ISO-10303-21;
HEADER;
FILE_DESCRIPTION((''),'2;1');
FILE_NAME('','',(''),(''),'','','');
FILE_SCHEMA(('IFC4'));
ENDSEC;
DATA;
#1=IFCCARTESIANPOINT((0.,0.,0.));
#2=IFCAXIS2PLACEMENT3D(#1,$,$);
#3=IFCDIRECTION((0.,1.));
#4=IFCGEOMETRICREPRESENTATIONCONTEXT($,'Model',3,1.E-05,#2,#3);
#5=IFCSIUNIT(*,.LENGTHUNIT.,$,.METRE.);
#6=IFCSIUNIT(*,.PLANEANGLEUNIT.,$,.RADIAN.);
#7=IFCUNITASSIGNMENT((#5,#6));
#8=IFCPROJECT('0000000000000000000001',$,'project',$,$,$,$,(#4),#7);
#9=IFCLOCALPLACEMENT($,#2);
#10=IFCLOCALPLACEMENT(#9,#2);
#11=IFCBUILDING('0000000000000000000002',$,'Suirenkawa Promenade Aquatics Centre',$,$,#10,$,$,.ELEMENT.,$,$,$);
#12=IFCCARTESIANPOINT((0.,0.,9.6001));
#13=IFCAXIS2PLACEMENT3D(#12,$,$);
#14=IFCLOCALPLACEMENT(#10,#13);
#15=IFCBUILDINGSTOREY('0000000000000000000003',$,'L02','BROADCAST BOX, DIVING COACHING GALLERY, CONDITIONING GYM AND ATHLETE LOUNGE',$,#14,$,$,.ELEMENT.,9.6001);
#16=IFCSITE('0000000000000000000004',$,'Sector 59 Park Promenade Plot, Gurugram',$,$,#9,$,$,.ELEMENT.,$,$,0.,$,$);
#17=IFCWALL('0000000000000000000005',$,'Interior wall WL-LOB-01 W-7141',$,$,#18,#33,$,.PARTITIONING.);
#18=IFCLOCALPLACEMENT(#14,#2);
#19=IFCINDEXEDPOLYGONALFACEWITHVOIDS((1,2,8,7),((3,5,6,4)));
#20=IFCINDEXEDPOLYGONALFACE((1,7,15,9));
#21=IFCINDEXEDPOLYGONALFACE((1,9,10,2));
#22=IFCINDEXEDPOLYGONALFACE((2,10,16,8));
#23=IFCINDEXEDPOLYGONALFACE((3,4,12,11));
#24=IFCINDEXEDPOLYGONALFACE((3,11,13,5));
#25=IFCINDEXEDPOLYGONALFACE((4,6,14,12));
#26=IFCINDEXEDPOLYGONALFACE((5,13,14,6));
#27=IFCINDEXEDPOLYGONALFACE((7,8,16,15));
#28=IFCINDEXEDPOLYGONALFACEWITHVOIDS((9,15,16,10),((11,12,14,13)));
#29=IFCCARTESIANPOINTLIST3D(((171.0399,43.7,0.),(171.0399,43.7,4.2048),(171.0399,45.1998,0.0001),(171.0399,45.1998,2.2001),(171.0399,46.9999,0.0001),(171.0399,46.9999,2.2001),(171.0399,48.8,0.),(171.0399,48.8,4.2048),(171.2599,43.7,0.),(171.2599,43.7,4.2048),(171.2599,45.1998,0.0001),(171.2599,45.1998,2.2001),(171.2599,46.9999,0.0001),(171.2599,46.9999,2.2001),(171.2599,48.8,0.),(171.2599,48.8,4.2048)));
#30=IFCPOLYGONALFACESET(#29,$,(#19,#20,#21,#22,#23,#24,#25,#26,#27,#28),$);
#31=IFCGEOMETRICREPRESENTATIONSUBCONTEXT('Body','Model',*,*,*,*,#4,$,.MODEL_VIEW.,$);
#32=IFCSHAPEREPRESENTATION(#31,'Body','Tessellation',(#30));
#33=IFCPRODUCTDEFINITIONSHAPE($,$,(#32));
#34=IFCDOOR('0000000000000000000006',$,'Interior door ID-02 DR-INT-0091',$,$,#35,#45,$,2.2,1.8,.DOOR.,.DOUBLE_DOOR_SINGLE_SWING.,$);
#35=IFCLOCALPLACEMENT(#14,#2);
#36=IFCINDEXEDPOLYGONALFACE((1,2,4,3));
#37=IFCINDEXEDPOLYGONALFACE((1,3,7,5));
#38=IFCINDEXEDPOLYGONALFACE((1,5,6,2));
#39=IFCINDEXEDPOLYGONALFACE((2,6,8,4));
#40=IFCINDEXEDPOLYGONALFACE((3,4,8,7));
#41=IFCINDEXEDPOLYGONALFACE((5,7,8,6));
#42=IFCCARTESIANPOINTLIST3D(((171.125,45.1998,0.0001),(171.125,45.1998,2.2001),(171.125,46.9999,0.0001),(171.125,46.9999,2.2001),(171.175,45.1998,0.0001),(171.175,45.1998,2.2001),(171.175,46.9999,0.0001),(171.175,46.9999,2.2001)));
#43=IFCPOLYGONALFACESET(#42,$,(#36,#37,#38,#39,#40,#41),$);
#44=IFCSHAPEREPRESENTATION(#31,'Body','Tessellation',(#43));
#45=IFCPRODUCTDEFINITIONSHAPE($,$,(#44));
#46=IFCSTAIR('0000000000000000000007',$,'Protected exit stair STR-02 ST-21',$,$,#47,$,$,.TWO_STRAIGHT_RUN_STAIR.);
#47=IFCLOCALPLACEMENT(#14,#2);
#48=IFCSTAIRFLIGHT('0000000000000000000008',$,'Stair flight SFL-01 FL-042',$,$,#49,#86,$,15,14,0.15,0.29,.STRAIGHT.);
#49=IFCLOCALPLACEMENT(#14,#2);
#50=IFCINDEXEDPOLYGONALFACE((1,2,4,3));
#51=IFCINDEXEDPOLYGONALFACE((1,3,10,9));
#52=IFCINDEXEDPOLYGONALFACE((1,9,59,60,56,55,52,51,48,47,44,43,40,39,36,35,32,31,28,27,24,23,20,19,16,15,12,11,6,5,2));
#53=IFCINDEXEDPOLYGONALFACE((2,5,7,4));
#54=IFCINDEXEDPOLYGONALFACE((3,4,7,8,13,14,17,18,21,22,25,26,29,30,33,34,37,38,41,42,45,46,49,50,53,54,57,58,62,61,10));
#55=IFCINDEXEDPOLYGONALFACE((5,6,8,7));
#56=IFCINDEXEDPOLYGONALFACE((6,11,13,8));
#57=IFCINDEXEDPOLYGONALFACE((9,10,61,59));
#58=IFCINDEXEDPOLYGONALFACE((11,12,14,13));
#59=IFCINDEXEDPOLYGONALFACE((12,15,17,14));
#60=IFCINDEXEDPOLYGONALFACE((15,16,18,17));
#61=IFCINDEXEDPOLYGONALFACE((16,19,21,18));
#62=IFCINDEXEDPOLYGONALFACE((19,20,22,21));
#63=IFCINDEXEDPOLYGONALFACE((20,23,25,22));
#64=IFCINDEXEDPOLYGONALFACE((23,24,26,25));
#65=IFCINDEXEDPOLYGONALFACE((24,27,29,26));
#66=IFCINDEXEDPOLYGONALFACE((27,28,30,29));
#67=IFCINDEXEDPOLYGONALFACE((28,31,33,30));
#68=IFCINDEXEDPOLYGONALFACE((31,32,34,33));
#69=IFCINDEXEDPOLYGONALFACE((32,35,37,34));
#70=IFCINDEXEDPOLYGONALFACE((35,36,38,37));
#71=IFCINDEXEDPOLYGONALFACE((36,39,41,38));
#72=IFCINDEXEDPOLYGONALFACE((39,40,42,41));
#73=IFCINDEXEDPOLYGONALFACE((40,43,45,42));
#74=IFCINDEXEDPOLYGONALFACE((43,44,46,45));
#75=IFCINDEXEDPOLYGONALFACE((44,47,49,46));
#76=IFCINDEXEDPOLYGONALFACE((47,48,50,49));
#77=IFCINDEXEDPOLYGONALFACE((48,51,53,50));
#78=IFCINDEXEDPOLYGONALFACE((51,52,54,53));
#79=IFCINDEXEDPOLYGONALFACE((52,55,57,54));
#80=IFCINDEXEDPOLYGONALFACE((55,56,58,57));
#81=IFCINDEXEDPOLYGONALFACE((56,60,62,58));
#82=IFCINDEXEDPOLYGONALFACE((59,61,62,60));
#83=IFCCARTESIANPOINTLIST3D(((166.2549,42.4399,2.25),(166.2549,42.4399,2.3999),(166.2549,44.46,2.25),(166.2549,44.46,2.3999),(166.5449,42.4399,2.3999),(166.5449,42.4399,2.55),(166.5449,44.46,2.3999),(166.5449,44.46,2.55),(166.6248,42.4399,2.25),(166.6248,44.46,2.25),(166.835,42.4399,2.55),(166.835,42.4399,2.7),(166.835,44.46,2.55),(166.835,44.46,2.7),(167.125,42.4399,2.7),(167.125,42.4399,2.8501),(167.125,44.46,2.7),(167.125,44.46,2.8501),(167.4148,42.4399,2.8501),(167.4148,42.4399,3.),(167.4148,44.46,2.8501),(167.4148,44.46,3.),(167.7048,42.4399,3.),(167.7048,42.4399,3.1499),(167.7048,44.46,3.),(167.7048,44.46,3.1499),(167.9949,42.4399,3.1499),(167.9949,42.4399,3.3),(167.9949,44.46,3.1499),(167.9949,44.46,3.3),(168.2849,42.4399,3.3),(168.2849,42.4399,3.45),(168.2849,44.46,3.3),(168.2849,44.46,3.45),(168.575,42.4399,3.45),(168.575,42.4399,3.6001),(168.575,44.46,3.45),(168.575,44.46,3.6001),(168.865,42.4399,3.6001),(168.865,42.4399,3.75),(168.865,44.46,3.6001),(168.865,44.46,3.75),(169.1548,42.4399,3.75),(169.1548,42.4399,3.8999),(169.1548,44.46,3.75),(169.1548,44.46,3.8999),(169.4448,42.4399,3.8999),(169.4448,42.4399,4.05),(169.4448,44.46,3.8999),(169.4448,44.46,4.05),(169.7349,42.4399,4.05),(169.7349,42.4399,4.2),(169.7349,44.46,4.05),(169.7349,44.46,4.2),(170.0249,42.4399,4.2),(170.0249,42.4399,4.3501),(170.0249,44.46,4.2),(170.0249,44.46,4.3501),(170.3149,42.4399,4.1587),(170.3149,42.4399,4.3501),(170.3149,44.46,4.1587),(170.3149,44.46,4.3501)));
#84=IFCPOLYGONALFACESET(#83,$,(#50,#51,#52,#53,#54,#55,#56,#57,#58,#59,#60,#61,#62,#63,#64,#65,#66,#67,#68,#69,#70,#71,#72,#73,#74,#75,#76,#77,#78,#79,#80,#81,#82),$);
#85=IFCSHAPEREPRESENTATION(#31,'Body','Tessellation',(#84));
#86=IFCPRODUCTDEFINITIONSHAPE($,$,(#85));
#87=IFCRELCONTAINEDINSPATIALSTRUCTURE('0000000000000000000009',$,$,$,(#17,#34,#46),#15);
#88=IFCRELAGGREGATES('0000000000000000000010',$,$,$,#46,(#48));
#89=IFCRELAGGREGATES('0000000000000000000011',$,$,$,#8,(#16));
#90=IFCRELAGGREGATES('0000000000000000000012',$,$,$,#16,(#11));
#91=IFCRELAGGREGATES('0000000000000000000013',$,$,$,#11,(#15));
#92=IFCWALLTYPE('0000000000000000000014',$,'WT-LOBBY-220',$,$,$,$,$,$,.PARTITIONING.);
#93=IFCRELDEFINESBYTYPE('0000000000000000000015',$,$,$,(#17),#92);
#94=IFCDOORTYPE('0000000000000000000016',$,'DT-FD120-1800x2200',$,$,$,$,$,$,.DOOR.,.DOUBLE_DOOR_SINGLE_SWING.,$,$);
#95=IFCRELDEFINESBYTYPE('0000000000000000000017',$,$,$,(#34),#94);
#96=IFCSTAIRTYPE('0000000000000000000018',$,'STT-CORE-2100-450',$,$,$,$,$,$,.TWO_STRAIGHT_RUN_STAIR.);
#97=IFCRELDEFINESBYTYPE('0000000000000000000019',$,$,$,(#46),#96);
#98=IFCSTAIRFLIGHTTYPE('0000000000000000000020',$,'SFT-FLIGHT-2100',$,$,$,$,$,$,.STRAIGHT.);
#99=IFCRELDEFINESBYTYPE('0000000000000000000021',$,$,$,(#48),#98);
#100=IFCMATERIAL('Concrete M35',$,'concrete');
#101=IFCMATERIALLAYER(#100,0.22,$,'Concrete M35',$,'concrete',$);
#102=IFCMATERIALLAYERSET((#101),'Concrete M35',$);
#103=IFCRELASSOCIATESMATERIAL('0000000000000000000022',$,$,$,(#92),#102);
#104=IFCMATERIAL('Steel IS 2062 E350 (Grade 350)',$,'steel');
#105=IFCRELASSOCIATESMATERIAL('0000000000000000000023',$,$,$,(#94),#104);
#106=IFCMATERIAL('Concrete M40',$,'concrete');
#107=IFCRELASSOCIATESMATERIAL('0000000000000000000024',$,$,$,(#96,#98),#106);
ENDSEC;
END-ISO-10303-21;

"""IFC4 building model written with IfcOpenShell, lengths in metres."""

from ifc_helpers import new_model, si_unit, direction, frame, frame_2d, origin, place, context, subcontext, project, spatial, polyline, rectangle, outline, extrude, material, layer, layer_set, type_object, element, fill, aggregate, save


model = new_model("IFC4")

# Units and contexts
model_context = context("Model", 3, precision=1e-05, world=origin(), true_north=direction((0.0, 1.0)))
body_context = subcontext(model_context, "Body", "Model", "MODEL_VIEW")
ifc_project = project(units=[si_unit("LENGTHUNIT", "METRE"), si_unit("PLANEANGLEUNIT", "RADIAN")], contexts=[model_context])

# Site, building, storey
site_placement = place(None, origin())
site = spatial("IfcSite", under=ifc_project, at=site_placement, Name="Sector 59 Park Promenade Plot, Gurugram", CompositionType="ELEMENT", RefElevation=0.0)
building_placement = place(site_placement, origin())
building = spatial("IfcBuilding", under=site, at=building_placement, Name="Suirenkawa Promenade Aquatics Centre", CompositionType="ELEMENT")
storey_placement = place(building_placement, frame((0.0, 0.0, 9.6001)))
storey = spatial("IfcBuildingStorey", under=building, at=storey_placement, Name="L02", Description="BROADCAST BOX, DIVING COACHING GALLERY, CONDITIONING GYM AND ATHLETE LOUNGE", CompositionType="ELEMENT", Elevation=9.6001)

# Shared definitions
ifc_material_1 = material(Name="Concrete M40", Category="concrete")

# Shared definitions
ifc_material_2 = material(Name="Steel IS 2062 E350 (Grade 350)", Category="steel")

# Wall, opening, door
ifc_material_3 = material(Name="Concrete M35", Category="concrete")
ifc_layer_1 = layer(ifc_material_3, 0.22, Name="Concrete M35", Category="concrete")
ifc_layer_set_1 = layer_set([ifc_layer_1], Name="Concrete M35")
wall_type_1 = type_object("IfcWallType", Name="WT-LOBBY-220", PredefinedType="PARTITIONING", material=ifc_layer_set_1)
wall_1_placement = place(storey_placement, frame((171.1499, 43.7, 0.0), z_axis=(0.0, 0.0, 1.0), x_axis=(0.0, 1.0, 0.0)))
wall_1 = element("IfcWall", 1, at=wall_1_placement, inside=storey, type_object=wall_type_1, Name="Interior wall WL-LOB-01 W-7141", PredefinedType="PARTITIONING", context=body_context, shape_type="SweptSolid", body=[
    extrude(rectangle(XDim=5.1001, YDim=0.22, at=frame_2d((2.55, 0.0))), origin(), (0.0, 0.0, 1.0), 4.2048),
])
opening_placement = place(wall_1_placement, frame((1.5, 0.0, 0.0)))
opening = element("IfcOpeningElement", 2, at=opening_placement, cuts=wall_1, PredefinedType="OPENING", context=body_context, shape_type="SweptSolid", body=[
    extrude(rectangle(XDim=1.8, YDim=2.2, at=frame_2d((0.8999, 1.1001))), frame((0.0, 0.1199, 0.0), z_axis=(0.0, -1.0, 0.0), x_axis=(1.0, 0.0, 0.0)), (0.0, 0.0, 1.0), 0.24),
])
door_type = type_object("IfcDoorType", Name="DT-FD120-1800x2200", OperationType="DOUBLE_DOOR_SINGLE_SWING", PredefinedType="DOOR", material=ifc_material_2)
door_placement = place(opening_placement, origin())
door = element("IfcDoor", 3, at=door_placement, inside=storey, type_object=door_type, Name="Interior door ID-02 DR-INT-0091", OperationType="DOUBLE_DOOR_SINGLE_SWING", OverallHeight=2.2, OverallWidth=1.8, PredefinedType="DOOR", context=body_context, shape_type="SweptSolid", body=[
    extrude(rectangle(XDim=1.8, YDim=2.2, at=frame_2d((0.8999, 1.1001))), frame((0.0, 0.0249, 0.0), z_axis=(0.0, -1.0, 0.0), x_axis=(1.0, 0.0, 0.0)), (0.0, 0.0, 1.0), 0.05),
])
fill(opening, door)

# Stair, stair flight
stair_type = type_object("IfcStairType", Name="STT-CORE-2100-450", PredefinedType="TWO_STRAIGHT_RUN_STAIR", material=ifc_material_1)
stair_placement = place(storey_placement, origin())
stair = element("IfcStair", 4, at=stair_placement, inside=storey, type_object=stair_type, Name="Protected exit stair STR-02 ST-21", PredefinedType="TWO_STRAIGHT_RUN_STAIR")
stair_flight_type = type_object("IfcStairFlightType", Name="SFT-FLIGHT-2100", PredefinedType="STRAIGHT", material=ifc_material_1)
stair_flight_placement = place(storey_placement, frame((166.2549, 43.45, 2.25), z_axis=(0.0, 0.0, 1.0), x_axis=(1.0, 0.0, 0.0)))
stair_flight = element("IfcStairFlight", 5, at=stair_flight_placement, type_object=stair_flight_type, Name="Stair flight SFL-01 FL-042", NumberOfRisers=15, NumberOfTreads=14, PredefinedType="STRAIGHT", RiserHeight=0.15, TreadLength=0.29, context=body_context, shape_type="SweptSolid", body=[
    extrude(outline(polyline([(0.0, 0.0), (0.0, 0.1499), (0.29, 0.1499), (0.29, 0.3), (0.5801, 0.3), (0.5801, 0.45), (0.8701, 0.45), (0.8701, 0.6001), (1.1599, 0.6001), (1.1599, 0.75), (1.45, 0.75), (1.45, 0.8999), (1.74, 0.8999), (1.74, 1.05), (2.03, 1.05), (2.03, 1.2), (2.3201, 1.2), (2.3201, 1.3501), (2.6101, 1.3501), (2.6101, 1.5), (2.8999, 1.5), (2.8999, 1.6499), (3.1899, 1.6499), (3.1899, 1.8), (3.48, 1.8), (3.48, 1.95), (3.77, 1.95), (3.77, 2.1001), (4.0601, 2.1001), (4.0601, 2.25), (4.0601, 1.9087), (0.3699, 0.0), (0.0, 0.0)])), frame((0.0, 1.01, 0.0), z_axis=(0.0, -1.0, 0.0), x_axis=(1.0, 0.0, 0.0)), (0.0, 0.0, 1.0), 2.02),
])
aggregate(stair, [stair_flight])

save(model, "model.ifc")
